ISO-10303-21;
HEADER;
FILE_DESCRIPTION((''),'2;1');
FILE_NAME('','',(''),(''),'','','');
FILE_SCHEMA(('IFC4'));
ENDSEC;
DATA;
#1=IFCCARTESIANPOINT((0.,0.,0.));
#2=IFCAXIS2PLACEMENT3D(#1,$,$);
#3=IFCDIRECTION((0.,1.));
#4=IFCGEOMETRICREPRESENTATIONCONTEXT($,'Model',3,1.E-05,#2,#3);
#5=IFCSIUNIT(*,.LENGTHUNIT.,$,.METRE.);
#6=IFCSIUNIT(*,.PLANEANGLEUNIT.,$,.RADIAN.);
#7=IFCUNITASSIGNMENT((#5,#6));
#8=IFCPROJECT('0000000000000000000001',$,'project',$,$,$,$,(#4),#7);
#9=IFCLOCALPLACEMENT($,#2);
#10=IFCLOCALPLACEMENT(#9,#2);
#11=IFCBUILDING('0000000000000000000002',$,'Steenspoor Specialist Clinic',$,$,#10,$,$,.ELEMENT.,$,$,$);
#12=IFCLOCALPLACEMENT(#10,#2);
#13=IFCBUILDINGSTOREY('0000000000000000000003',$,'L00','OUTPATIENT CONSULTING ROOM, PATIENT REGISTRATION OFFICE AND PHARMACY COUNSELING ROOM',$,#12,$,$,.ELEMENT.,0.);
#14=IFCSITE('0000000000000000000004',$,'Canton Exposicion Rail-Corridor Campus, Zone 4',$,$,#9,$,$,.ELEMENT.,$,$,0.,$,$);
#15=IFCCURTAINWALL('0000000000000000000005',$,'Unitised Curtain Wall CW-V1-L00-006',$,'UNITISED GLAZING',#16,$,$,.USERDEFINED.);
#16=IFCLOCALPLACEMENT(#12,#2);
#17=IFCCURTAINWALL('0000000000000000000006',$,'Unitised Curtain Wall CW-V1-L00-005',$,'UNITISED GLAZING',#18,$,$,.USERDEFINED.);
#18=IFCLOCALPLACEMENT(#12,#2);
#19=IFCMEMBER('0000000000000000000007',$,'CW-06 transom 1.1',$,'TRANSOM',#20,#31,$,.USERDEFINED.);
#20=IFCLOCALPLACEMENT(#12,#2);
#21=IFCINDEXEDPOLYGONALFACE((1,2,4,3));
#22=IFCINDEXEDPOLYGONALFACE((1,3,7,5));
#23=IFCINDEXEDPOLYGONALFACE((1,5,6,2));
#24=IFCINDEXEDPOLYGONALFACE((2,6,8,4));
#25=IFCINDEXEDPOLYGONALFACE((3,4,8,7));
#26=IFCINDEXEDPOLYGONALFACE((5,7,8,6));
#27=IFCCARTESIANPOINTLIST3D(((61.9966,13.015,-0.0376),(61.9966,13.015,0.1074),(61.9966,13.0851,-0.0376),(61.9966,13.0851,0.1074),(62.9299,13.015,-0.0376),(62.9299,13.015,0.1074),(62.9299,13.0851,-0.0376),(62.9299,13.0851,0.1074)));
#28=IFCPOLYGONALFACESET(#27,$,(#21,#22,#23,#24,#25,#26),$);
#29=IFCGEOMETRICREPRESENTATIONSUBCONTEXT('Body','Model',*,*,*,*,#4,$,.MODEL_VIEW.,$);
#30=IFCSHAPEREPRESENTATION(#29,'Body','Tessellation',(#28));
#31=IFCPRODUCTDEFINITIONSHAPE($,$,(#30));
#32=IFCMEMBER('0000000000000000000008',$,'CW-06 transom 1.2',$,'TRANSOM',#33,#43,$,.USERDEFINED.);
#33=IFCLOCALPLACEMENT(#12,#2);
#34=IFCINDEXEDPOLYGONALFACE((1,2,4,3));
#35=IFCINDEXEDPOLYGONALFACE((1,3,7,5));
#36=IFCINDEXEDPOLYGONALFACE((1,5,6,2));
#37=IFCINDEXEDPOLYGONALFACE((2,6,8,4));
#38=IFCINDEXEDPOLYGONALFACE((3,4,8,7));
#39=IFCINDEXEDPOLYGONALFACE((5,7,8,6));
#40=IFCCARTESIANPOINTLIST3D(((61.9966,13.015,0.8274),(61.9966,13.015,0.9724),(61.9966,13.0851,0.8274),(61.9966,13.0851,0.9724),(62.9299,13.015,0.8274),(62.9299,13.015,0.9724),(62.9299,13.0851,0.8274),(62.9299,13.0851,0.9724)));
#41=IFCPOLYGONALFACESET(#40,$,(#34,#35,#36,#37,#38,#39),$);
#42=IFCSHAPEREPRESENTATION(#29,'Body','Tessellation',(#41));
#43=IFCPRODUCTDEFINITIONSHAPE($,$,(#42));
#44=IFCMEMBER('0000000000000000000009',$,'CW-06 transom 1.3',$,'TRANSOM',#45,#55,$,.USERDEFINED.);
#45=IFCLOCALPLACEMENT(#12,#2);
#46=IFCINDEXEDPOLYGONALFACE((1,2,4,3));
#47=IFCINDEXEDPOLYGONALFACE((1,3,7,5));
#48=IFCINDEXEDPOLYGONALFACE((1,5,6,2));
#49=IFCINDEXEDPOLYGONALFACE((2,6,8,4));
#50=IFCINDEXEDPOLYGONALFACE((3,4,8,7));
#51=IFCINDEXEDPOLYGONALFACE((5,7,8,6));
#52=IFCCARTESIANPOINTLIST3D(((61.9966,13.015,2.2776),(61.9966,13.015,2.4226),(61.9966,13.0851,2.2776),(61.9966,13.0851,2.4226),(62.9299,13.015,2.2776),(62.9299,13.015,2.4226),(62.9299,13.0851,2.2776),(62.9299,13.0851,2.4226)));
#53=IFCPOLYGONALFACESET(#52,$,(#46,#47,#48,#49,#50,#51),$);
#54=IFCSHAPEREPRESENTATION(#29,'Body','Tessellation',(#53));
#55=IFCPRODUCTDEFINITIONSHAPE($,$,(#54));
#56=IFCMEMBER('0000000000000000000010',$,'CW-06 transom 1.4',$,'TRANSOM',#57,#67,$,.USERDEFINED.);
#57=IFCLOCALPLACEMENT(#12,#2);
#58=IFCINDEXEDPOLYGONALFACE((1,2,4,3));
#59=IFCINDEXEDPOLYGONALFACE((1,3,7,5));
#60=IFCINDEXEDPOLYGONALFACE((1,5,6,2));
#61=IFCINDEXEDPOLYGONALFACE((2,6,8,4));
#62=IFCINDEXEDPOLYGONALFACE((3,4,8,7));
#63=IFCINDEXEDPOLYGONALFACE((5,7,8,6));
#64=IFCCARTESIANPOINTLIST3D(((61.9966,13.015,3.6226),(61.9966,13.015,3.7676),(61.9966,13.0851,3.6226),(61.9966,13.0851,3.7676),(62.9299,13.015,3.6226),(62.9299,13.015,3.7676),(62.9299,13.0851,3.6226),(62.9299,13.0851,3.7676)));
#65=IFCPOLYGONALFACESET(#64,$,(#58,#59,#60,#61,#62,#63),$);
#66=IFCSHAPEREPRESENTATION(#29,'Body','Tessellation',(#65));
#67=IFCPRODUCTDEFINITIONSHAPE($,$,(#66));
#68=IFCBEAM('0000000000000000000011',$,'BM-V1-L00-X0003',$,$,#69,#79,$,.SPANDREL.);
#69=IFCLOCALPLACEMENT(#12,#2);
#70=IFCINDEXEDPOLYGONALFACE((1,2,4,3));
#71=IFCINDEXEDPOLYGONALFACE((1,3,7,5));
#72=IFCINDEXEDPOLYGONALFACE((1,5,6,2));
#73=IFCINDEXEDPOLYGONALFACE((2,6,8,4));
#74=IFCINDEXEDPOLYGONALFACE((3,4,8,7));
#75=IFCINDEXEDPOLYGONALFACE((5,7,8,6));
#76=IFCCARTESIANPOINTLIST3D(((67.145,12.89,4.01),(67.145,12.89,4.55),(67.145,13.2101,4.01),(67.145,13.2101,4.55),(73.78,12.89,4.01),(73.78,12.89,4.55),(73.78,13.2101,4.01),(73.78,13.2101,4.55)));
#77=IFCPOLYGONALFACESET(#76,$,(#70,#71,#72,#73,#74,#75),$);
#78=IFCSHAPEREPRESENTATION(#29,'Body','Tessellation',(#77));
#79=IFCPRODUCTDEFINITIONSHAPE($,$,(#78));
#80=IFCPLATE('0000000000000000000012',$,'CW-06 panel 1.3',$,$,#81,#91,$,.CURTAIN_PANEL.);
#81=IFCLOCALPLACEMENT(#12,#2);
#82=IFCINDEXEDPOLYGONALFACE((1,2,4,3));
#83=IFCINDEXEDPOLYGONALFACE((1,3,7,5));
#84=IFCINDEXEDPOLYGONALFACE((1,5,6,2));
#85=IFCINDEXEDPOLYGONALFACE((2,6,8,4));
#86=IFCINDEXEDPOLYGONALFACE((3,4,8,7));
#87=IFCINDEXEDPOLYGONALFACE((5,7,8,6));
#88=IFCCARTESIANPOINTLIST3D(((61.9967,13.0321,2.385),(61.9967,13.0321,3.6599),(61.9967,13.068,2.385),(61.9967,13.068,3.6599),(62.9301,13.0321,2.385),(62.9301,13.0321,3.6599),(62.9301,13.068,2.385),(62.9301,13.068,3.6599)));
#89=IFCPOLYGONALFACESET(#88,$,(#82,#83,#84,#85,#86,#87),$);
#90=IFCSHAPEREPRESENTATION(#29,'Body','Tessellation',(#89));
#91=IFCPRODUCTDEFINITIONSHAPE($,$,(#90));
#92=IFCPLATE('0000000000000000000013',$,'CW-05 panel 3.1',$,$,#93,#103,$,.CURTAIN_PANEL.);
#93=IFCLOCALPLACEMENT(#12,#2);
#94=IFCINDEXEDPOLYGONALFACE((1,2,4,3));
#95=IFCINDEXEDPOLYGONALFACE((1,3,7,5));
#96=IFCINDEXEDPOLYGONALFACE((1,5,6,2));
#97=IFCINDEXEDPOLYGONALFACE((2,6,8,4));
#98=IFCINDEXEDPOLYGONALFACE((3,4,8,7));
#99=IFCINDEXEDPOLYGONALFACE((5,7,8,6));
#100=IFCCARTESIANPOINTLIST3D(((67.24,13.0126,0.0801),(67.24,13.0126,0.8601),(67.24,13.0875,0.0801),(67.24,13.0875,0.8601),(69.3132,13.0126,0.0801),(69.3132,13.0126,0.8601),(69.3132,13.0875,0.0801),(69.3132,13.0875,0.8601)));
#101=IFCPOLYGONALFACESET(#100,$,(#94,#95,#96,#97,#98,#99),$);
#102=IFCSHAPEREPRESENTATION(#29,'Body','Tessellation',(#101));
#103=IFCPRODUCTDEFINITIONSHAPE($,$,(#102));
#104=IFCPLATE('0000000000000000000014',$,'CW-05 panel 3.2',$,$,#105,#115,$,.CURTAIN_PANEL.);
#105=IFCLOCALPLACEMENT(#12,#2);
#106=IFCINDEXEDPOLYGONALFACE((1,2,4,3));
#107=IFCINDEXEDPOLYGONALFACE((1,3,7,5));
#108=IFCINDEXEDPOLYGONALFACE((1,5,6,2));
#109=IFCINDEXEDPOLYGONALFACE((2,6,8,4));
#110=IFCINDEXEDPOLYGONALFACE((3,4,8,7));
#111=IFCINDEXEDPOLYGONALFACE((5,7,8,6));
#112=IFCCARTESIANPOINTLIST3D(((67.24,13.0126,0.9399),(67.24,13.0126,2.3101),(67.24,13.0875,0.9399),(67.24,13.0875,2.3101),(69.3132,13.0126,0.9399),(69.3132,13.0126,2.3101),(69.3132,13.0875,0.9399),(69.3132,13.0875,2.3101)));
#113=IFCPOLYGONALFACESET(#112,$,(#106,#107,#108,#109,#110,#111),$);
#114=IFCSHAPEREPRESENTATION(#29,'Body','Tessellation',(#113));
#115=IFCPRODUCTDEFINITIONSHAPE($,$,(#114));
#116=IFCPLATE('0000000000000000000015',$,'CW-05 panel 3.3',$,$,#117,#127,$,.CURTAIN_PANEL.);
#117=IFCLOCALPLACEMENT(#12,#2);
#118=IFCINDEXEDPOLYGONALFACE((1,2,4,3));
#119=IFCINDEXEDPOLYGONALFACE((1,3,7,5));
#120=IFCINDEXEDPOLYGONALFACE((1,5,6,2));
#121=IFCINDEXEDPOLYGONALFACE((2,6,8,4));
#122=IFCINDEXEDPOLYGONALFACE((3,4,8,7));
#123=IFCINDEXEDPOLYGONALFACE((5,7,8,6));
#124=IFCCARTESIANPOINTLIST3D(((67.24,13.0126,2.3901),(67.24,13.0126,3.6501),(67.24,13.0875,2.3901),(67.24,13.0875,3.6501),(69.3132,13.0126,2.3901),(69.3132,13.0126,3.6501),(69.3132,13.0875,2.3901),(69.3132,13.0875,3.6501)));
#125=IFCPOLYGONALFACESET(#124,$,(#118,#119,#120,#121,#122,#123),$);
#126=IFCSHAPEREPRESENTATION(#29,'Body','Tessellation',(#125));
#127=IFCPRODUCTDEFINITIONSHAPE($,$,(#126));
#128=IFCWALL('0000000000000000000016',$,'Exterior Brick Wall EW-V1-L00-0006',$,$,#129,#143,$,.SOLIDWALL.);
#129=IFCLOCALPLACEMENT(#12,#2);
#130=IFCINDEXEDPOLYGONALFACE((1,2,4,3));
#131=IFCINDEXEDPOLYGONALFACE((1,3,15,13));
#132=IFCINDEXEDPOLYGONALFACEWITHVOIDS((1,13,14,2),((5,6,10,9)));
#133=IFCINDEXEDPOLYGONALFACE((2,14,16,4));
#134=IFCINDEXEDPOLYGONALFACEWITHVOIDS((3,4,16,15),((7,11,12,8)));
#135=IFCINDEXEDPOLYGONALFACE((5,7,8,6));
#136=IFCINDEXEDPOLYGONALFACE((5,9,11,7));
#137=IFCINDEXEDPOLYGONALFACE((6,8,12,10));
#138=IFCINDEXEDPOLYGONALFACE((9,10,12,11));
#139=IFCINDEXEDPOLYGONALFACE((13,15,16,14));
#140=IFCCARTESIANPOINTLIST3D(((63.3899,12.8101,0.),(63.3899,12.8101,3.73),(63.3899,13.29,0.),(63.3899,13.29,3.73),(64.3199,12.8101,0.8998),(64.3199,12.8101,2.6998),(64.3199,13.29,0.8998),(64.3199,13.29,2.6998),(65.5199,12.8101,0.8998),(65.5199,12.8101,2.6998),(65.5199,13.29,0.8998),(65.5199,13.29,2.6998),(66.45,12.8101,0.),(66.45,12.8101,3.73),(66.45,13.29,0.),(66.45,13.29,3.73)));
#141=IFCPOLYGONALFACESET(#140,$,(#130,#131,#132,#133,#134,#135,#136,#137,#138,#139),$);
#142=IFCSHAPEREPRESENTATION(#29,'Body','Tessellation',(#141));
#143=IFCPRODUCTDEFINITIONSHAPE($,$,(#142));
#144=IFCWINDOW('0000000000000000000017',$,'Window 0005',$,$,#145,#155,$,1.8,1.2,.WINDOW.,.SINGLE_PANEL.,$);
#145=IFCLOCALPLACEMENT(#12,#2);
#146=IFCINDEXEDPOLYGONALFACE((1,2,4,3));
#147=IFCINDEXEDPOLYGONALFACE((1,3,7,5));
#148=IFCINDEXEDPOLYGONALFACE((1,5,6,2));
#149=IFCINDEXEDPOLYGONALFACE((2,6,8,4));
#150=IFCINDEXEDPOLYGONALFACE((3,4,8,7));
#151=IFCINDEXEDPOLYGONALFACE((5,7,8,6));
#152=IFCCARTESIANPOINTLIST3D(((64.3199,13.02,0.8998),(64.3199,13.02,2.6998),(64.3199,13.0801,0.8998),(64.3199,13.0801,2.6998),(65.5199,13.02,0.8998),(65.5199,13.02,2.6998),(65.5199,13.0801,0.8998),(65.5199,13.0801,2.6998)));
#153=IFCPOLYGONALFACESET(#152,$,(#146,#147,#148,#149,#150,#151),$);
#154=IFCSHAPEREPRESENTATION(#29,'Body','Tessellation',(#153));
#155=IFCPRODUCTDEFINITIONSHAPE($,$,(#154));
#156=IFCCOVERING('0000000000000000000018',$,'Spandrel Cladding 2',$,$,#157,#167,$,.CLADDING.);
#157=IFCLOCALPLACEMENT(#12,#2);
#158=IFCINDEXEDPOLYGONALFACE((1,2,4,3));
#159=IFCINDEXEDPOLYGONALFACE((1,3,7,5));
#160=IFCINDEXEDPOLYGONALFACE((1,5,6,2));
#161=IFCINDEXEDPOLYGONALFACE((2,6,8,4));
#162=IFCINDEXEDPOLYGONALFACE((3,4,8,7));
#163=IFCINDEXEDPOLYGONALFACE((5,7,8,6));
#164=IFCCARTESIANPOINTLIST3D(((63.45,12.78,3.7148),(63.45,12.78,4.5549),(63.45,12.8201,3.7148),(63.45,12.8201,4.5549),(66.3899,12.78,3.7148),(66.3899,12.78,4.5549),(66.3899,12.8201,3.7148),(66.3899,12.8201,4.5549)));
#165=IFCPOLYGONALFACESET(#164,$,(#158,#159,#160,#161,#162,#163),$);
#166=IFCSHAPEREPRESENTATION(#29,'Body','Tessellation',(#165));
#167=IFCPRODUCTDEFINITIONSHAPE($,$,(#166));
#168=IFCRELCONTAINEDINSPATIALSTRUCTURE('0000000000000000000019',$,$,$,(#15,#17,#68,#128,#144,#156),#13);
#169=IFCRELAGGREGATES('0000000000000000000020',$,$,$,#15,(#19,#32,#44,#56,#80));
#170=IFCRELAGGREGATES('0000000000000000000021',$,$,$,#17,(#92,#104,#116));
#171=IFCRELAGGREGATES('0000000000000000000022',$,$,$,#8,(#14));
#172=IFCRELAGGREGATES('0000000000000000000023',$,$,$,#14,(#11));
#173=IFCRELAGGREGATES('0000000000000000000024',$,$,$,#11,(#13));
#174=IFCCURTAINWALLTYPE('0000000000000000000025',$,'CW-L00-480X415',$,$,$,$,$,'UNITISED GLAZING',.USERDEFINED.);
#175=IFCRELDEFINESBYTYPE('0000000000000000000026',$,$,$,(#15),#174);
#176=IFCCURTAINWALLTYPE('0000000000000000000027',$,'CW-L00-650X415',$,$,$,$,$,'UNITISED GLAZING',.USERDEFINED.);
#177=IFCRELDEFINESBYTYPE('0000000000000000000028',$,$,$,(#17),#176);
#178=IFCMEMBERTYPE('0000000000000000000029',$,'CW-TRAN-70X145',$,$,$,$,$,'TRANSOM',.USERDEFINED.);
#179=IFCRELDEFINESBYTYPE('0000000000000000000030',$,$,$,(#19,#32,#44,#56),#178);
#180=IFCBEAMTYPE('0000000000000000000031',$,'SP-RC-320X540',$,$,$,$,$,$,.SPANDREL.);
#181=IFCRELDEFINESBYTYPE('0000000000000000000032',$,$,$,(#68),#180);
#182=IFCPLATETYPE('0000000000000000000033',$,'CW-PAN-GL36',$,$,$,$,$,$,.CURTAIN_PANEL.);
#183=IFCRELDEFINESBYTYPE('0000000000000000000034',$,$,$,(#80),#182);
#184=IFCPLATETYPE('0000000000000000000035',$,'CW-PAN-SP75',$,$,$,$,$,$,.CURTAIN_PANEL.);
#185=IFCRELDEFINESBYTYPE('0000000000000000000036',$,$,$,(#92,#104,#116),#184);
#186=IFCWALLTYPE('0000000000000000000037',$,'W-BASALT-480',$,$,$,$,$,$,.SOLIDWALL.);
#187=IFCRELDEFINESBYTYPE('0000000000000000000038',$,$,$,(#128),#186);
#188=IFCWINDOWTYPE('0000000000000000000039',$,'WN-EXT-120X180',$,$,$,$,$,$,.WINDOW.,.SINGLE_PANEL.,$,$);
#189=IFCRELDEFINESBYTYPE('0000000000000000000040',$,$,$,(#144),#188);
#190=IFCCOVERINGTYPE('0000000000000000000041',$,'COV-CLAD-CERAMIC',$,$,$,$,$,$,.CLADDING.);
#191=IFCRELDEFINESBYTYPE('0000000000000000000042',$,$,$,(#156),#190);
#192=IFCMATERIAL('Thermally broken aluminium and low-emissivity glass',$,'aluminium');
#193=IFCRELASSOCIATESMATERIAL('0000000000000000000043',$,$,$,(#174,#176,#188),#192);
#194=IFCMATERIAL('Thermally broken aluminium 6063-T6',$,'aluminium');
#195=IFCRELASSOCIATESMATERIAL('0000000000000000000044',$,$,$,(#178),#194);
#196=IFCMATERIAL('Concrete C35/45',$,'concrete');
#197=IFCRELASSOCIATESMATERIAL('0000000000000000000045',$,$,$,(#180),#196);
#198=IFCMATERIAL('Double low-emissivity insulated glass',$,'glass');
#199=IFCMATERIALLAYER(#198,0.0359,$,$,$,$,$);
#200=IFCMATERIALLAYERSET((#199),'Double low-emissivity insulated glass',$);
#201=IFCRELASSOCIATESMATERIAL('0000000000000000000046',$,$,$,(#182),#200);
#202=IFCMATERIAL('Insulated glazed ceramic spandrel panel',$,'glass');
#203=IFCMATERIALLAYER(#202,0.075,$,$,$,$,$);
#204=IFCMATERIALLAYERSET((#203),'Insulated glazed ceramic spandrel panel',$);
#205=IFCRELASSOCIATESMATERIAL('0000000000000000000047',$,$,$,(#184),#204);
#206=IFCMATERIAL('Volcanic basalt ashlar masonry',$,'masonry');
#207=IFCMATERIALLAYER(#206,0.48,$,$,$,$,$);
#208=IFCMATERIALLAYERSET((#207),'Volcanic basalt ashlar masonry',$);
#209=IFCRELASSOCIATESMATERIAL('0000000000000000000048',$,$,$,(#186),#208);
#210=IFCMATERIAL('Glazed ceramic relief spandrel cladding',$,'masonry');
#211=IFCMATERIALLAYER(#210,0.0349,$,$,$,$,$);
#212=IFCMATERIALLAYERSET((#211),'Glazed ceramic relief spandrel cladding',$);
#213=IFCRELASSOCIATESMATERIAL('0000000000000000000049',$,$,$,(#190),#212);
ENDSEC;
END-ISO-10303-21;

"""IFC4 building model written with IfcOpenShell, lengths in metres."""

from ifc_helpers import new_model, si_unit, direction, frame, frame_2d, origin, origin_2d, place, context, subcontext, project, spatial, rectangle, extrude, material, layer, layer_set, material_profile, profile_set, type_object, element, fill, aggregate, save


model = new_model("IFC4")

# Units and contexts
model_context = context("Model", 3, precision=1e-05, world=origin(), true_north=direction((0.0, 1.0)))
body_context = subcontext(model_context, "Body", "Model", "MODEL_VIEW")
ifc_project = project(units=[si_unit("LENGTHUNIT", "METRE"), si_unit("PLANEANGLEUNIT", "RADIAN")], contexts=[model_context])

# Site, building, storey
site_placement = place(None, origin())
site = spatial("IfcSite", under=ifc_project, at=site_placement, Name="Canton Exposicion Rail-Corridor Campus, Zone 4", CompositionType="ELEMENT", RefElevation=0.0)
building_placement = place(site_placement, origin())
building = spatial("IfcBuilding", under=site, at=building_placement, Name="Steenspoor Specialist Clinic", CompositionType="ELEMENT")
storey_placement = place(building_placement, origin())
storey = spatial("IfcBuildingStorey", under=building, at=storey_placement, Name="L00", Description="OUTPATIENT CONSULTING ROOM, PATIENT REGISTRATION OFFICE AND PHARMACY COUNSELING ROOM", CompositionType="ELEMENT", Elevation=0.0)

# Shared definitions
ifc_material_1 = material(Name="Concrete C35/45", Category="concrete")

# Curtain walls
ifc_material_2 = material(Name="Thermally broken aluminium and low-emissivity glass", Category="aluminium")
curtain_wall_type_1 = type_object("IfcCurtainWallType", Name="CW-L00-480X415", ElementType="UNITISED GLAZING", PredefinedType="USERDEFINED", material=ifc_material_2)
curtain_wall_1_placement = place(storey_placement, origin())
curtain_wall_1 = element("IfcCurtainWall", 1, at=curtain_wall_1_placement, inside=storey, type_object=curtain_wall_type_1, Name="Unitised Curtain Wall CW-V1-L00-006", ObjectType="UNITISED GLAZING", PredefinedType="USERDEFINED")
ifc_material_3 = material(Name="Thermally broken aluminium 6063-T6", Category="aluminium")
curtain_wall_type_2 = type_object("IfcCurtainWallType", Name="CW-L00-650X415", ElementType="UNITISED GLAZING", PredefinedType="USERDEFINED", material=ifc_material_2)
curtain_wall_2_placement = place(storey_placement, origin())
curtain_wall_2 = element("IfcCurtainWall", 2, at=curtain_wall_2_placement, inside=storey, type_object=curtain_wall_type_2, Name="Unitised Curtain Wall CW-V1-L00-005", ObjectType="UNITISED GLAZING", PredefinedType="USERDEFINED")

# Members
ifc_material_profile_1 = material_profile(ifc_material_3, rectangle(XDim=0.0701, YDim=0.145, at=origin_2d()), Name="CWT-70X145")
ifc_profile_set_1 = profile_set([ifc_material_profile_1], Name="Thermally broken aluminium 6063-T6")
member_type_1 = type_object("IfcMemberType", Name="CW-TRAN-70X145", ElementType="TRANSOM", PredefinedType="USERDEFINED", material=ifc_profile_set_1)
member_1_placement = place(storey_placement, frame((62.9299, 13.05, 0.0349), z_axis=(-1.0, 0.0, 0.0), x_axis=(0.0, -1.0, 0.0)))
member_1 = element("IfcMember", 3, at=member_1_placement, type_object=member_type_1, Name="CW-06 transom 1.1", ObjectType="TRANSOM", PredefinedType="USERDEFINED", context=body_context, shape_type="SweptSolid", body=[
    extrude(rectangle(XDim=0.0701, YDim=0.145, at=origin_2d()), origin(), (0.0, 0.0, 1.0), 0.9333),
])
member_2_placement = place(storey_placement, frame((62.9299, 13.05, 0.8999), z_axis=(-1.0, 0.0, 0.0), x_axis=(0.0, -1.0, 0.0)))
member_2 = element("IfcMember", 4, at=member_2_placement, type_object=member_type_1, Name="CW-06 transom 1.2", ObjectType="TRANSOM", PredefinedType="USERDEFINED", context=body_context, shape_type="SweptSolid", body=[
    extrude(rectangle(XDim=0.0701, YDim=0.145, at=origin_2d()), origin(), (0.0, 0.0, 1.0), 0.9333),
])
member_3_placement = place(storey_placement, frame((62.9299, 13.05, 2.3501), z_axis=(-1.0, 0.0, 0.0), x_axis=(0.0, -1.0, 0.0)))
member_3 = element("IfcMember", 5, at=member_3_placement, type_object=member_type_1, Name="CW-06 transom 1.3", ObjectType="TRANSOM", PredefinedType="USERDEFINED", context=body_context, shape_type="SweptSolid", body=[
    extrude(rectangle(XDim=0.0701, YDim=0.145, at=origin_2d()), origin(), (0.0, 0.0, 1.0), 0.9333),
])
member_4_placement = place(storey_placement, frame((62.9299, 13.05, 3.6951), z_axis=(-1.0, 0.0, 0.0), x_axis=(0.0, -1.0, 0.0)))
member_4 = element("IfcMember", 6, at=member_4_placement, type_object=member_type_1, Name="CW-06 transom 1.4", ObjectType="TRANSOM", PredefinedType="USERDEFINED", context=body_context, shape_type="SweptSolid", body=[
    extrude(rectangle(XDim=0.0701, YDim=0.145, at=origin_2d()), origin(), (0.0, 0.0, 1.0), 0.9333),
])

# Beam
ifc_material_profile_2 = material_profile(ifc_material_1, rectangle(XDim=0.3201, YDim=0.54, at=origin_2d()), Name="RC-SP-320X540")
ifc_profile_set_2 = profile_set([ifc_material_profile_2], Name="Concrete C35/45")
beam_type = type_object("IfcBeamType", Name="SP-RC-320X540", PredefinedType="SPANDREL", material=ifc_profile_set_2)
beam_placement = place(storey_placement, frame((67.145, 13.05, 4.28), z_axis=(1.0, 0.0, 0.0), x_axis=(0.0, 1.0, 0.0)))
element("IfcBeam", 7, at=beam_placement, inside=storey, type_object=beam_type, Name="BM-V1-L00-X0003", PredefinedType="SPANDREL", context=body_context, shape_type="SweptSolid", body=[
    extrude(rectangle(XDim=0.3201, YDim=0.54, at=origin_2d()), origin(), (0.0, 0.0, 1.0), 6.635),
])

# Plates
ifc_material_4 = material(Name="Double low-emissivity insulated glass", Category="glass")
ifc_layer_1 = layer(ifc_material_4, 0.0359)
ifc_layer_set_1 = layer_set([ifc_layer_1], Name="Double low-emissivity insulated glass")
plate_type_1 = type_object("IfcPlateType", Name="CW-PAN-GL36", PredefinedType="CURTAIN_PANEL", material=ifc_layer_set_1)
plate_1_placement = place(storey_placement, frame((62.4634, 13.05, 2.385), z_axis=(0.0, 0.0, 1.0), x_axis=(-1.0, 0.0, 0.0)))
plate_1 = element("IfcPlate", 8, at=plate_1_placement, type_object=plate_type_1, Name="CW-06 panel 1.3", PredefinedType="CURTAIN_PANEL", context=body_context, shape_type="SweptSolid", body=[
    extrude(rectangle(XDim=0.9333, YDim=0.0359, at=origin_2d()), origin(), (0.0, 0.0, 1.0), 1.2749),
])
aggregate(curtain_wall_1, [member_1, member_2, member_3, member_4, plate_1])
ifc_material_5 = material(Name="Insulated glazed ceramic spandrel panel", Category="glass")
ifc_layer_2 = layer(ifc_material_5, 0.075)
ifc_layer_set_2 = layer_set([ifc_layer_2], Name="Insulated glazed ceramic spandrel panel")
plate_type_2 = type_object("IfcPlateType", Name="CW-PAN-SP75", PredefinedType="CURTAIN_PANEL", material=ifc_layer_set_2)
plate_2_placement = place(storey_placement, frame((68.2766, 13.05, 0.0801), z_axis=(0.0, 0.0, 1.0), x_axis=(-1.0, 0.0, 0.0)))
plate_2 = element("IfcPlate", 9, at=plate_2_placement, type_object=plate_type_2, Name="CW-05 panel 3.1", PredefinedType="CURTAIN_PANEL", context=body_context, shape_type="SweptSolid", body=[
    extrude(rectangle(XDim=2.0732, YDim=0.075, at=origin_2d()), origin(), (0.0, 0.0, 1.0), 0.78),
])
plate_3_placement = place(storey_placement, frame((68.2766, 13.05, 0.9399), z_axis=(0.0, 0.0, 1.0), x_axis=(-1.0, 0.0, 0.0)))
plate_3 = element("IfcPlate", 10, at=plate_3_placement, type_object=plate_type_2, Name="CW-05 panel 3.2", PredefinedType="CURTAIN_PANEL", context=body_context, shape_type="SweptSolid", body=[
    extrude(rectangle(XDim=2.0732, YDim=0.075, at=origin_2d()), origin(), (0.0, 0.0, 1.0), 1.3701),
])
plate_4_placement = place(storey_placement, frame((68.2766, 13.05, 2.3901), z_axis=(0.0, 0.0, 1.0), x_axis=(-1.0, 0.0, 0.0)))
plate_4 = element("IfcPlate", 11, at=plate_4_placement, type_object=plate_type_2, Name="CW-05 panel 3.3", PredefinedType="CURTAIN_PANEL", context=body_context, shape_type="SweptSolid", body=[
    extrude(rectangle(XDim=2.0732, YDim=0.075, at=origin_2d()), origin(), (0.0, 0.0, 1.0), 1.26),
])
aggregate(curtain_wall_2, [plate_2, plate_3, plate_4])

# Wall, opening, window
ifc_material_6 = material(Name="Volcanic basalt ashlar masonry", Category="masonry")
ifc_layer_3 = layer(ifc_material_6, 0.48)
ifc_layer_set_3 = layer_set([ifc_layer_3], Name="Volcanic basalt ashlar masonry")
wall_type = type_object("IfcWallType", Name="W-BASALT-480", PredefinedType="SOLIDWALL", material=ifc_layer_set_3)
wall_placement = place(storey_placement, frame((66.45, 13.05, 0.0), z_axis=(0.0, 0.0, 1.0), x_axis=(-1.0, 0.0, 0.0)))
wall = element("IfcWall", 12, at=wall_placement, inside=storey, type_object=wall_type, Name="Exterior Brick Wall EW-V1-L00-0006", PredefinedType="SOLIDWALL", context=body_context, shape_type="SweptSolid", body=[
    extrude(rectangle(XDim=3.0601, YDim=0.48, at=frame_2d((1.53, 0.0))), origin(), (0.0, 0.0, 1.0), 3.73),
])
opening_placement = place(wall_placement, frame((0.9299, 0.0, 0.8999)))
opening = element("IfcOpeningElement", 13, at=opening_placement, cuts=wall, PredefinedType="OPENING", context=body_context, shape_type="SweptSolid", body=[
    extrude(rectangle(XDim=1.2, YDim=1.8, at=frame_2d((0.6001, 0.8999))), frame((0.0, 0.25, 0.0), z_axis=(0.0, -1.0, 0.0), x_axis=(1.0, 0.0, 0.0)), (0.0, 0.0, 1.0), 0.5),
])
window_type = type_object("IfcWindowType", Name="WN-EXT-120X180", PartitioningType="SINGLE_PANEL", PredefinedType="WINDOW", material=ifc_material_2)
window_placement = place(opening_placement, origin())
window = element("IfcWindow", 14, at=window_placement, inside=storey, type_object=window_type, Name="Window 0005", OverallHeight=1.8, OverallWidth=1.2, PartitioningType="SINGLE_PANEL", PredefinedType="WINDOW", context=body_context, shape_type="SweptSolid", body=[
    extrude(rectangle(XDim=1.2, YDim=1.8, at=frame_2d((0.6001, 0.8999))), frame((0.0, 0.03, 0.0), z_axis=(0.0, -1.0, 0.0), x_axis=(1.0, 0.0, 0.0)), (0.0, 0.0, 1.0), 0.0601),
])
fill(opening, window)

# Covering
ifc_material_7 = material(Name="Glazed ceramic relief spandrel cladding", Category="masonry")
ifc_layer_4 = layer(ifc_material_7, 0.0349)
ifc_layer_set_4 = layer_set([ifc_layer_4], Name="Glazed ceramic relief spandrel cladding")
covering_type = type_object("IfcCoveringType", Name="COV-CLAD-CERAMIC", PredefinedType="CLADDING", material=ifc_layer_set_4)
covering_placement = place(storey_placement, frame((64.9199, 12.8, 3.7148), z_axis=(0.0, 0.0, 1.0), x_axis=(-1.0, 0.0, 0.0)))
element("IfcCovering", 15, at=covering_placement, inside=storey, type_object=covering_type, Name="Spandrel Cladding 2", PredefinedType="CLADDING", context=body_context, shape_type="SweptSolid", body=[
    extrude(rectangle(XDim=2.9399, YDim=0.04, at=origin_2d()), origin(), (0.0, 0.0, 1.0), 0.8401),
])

save(model, "model.ifc")
